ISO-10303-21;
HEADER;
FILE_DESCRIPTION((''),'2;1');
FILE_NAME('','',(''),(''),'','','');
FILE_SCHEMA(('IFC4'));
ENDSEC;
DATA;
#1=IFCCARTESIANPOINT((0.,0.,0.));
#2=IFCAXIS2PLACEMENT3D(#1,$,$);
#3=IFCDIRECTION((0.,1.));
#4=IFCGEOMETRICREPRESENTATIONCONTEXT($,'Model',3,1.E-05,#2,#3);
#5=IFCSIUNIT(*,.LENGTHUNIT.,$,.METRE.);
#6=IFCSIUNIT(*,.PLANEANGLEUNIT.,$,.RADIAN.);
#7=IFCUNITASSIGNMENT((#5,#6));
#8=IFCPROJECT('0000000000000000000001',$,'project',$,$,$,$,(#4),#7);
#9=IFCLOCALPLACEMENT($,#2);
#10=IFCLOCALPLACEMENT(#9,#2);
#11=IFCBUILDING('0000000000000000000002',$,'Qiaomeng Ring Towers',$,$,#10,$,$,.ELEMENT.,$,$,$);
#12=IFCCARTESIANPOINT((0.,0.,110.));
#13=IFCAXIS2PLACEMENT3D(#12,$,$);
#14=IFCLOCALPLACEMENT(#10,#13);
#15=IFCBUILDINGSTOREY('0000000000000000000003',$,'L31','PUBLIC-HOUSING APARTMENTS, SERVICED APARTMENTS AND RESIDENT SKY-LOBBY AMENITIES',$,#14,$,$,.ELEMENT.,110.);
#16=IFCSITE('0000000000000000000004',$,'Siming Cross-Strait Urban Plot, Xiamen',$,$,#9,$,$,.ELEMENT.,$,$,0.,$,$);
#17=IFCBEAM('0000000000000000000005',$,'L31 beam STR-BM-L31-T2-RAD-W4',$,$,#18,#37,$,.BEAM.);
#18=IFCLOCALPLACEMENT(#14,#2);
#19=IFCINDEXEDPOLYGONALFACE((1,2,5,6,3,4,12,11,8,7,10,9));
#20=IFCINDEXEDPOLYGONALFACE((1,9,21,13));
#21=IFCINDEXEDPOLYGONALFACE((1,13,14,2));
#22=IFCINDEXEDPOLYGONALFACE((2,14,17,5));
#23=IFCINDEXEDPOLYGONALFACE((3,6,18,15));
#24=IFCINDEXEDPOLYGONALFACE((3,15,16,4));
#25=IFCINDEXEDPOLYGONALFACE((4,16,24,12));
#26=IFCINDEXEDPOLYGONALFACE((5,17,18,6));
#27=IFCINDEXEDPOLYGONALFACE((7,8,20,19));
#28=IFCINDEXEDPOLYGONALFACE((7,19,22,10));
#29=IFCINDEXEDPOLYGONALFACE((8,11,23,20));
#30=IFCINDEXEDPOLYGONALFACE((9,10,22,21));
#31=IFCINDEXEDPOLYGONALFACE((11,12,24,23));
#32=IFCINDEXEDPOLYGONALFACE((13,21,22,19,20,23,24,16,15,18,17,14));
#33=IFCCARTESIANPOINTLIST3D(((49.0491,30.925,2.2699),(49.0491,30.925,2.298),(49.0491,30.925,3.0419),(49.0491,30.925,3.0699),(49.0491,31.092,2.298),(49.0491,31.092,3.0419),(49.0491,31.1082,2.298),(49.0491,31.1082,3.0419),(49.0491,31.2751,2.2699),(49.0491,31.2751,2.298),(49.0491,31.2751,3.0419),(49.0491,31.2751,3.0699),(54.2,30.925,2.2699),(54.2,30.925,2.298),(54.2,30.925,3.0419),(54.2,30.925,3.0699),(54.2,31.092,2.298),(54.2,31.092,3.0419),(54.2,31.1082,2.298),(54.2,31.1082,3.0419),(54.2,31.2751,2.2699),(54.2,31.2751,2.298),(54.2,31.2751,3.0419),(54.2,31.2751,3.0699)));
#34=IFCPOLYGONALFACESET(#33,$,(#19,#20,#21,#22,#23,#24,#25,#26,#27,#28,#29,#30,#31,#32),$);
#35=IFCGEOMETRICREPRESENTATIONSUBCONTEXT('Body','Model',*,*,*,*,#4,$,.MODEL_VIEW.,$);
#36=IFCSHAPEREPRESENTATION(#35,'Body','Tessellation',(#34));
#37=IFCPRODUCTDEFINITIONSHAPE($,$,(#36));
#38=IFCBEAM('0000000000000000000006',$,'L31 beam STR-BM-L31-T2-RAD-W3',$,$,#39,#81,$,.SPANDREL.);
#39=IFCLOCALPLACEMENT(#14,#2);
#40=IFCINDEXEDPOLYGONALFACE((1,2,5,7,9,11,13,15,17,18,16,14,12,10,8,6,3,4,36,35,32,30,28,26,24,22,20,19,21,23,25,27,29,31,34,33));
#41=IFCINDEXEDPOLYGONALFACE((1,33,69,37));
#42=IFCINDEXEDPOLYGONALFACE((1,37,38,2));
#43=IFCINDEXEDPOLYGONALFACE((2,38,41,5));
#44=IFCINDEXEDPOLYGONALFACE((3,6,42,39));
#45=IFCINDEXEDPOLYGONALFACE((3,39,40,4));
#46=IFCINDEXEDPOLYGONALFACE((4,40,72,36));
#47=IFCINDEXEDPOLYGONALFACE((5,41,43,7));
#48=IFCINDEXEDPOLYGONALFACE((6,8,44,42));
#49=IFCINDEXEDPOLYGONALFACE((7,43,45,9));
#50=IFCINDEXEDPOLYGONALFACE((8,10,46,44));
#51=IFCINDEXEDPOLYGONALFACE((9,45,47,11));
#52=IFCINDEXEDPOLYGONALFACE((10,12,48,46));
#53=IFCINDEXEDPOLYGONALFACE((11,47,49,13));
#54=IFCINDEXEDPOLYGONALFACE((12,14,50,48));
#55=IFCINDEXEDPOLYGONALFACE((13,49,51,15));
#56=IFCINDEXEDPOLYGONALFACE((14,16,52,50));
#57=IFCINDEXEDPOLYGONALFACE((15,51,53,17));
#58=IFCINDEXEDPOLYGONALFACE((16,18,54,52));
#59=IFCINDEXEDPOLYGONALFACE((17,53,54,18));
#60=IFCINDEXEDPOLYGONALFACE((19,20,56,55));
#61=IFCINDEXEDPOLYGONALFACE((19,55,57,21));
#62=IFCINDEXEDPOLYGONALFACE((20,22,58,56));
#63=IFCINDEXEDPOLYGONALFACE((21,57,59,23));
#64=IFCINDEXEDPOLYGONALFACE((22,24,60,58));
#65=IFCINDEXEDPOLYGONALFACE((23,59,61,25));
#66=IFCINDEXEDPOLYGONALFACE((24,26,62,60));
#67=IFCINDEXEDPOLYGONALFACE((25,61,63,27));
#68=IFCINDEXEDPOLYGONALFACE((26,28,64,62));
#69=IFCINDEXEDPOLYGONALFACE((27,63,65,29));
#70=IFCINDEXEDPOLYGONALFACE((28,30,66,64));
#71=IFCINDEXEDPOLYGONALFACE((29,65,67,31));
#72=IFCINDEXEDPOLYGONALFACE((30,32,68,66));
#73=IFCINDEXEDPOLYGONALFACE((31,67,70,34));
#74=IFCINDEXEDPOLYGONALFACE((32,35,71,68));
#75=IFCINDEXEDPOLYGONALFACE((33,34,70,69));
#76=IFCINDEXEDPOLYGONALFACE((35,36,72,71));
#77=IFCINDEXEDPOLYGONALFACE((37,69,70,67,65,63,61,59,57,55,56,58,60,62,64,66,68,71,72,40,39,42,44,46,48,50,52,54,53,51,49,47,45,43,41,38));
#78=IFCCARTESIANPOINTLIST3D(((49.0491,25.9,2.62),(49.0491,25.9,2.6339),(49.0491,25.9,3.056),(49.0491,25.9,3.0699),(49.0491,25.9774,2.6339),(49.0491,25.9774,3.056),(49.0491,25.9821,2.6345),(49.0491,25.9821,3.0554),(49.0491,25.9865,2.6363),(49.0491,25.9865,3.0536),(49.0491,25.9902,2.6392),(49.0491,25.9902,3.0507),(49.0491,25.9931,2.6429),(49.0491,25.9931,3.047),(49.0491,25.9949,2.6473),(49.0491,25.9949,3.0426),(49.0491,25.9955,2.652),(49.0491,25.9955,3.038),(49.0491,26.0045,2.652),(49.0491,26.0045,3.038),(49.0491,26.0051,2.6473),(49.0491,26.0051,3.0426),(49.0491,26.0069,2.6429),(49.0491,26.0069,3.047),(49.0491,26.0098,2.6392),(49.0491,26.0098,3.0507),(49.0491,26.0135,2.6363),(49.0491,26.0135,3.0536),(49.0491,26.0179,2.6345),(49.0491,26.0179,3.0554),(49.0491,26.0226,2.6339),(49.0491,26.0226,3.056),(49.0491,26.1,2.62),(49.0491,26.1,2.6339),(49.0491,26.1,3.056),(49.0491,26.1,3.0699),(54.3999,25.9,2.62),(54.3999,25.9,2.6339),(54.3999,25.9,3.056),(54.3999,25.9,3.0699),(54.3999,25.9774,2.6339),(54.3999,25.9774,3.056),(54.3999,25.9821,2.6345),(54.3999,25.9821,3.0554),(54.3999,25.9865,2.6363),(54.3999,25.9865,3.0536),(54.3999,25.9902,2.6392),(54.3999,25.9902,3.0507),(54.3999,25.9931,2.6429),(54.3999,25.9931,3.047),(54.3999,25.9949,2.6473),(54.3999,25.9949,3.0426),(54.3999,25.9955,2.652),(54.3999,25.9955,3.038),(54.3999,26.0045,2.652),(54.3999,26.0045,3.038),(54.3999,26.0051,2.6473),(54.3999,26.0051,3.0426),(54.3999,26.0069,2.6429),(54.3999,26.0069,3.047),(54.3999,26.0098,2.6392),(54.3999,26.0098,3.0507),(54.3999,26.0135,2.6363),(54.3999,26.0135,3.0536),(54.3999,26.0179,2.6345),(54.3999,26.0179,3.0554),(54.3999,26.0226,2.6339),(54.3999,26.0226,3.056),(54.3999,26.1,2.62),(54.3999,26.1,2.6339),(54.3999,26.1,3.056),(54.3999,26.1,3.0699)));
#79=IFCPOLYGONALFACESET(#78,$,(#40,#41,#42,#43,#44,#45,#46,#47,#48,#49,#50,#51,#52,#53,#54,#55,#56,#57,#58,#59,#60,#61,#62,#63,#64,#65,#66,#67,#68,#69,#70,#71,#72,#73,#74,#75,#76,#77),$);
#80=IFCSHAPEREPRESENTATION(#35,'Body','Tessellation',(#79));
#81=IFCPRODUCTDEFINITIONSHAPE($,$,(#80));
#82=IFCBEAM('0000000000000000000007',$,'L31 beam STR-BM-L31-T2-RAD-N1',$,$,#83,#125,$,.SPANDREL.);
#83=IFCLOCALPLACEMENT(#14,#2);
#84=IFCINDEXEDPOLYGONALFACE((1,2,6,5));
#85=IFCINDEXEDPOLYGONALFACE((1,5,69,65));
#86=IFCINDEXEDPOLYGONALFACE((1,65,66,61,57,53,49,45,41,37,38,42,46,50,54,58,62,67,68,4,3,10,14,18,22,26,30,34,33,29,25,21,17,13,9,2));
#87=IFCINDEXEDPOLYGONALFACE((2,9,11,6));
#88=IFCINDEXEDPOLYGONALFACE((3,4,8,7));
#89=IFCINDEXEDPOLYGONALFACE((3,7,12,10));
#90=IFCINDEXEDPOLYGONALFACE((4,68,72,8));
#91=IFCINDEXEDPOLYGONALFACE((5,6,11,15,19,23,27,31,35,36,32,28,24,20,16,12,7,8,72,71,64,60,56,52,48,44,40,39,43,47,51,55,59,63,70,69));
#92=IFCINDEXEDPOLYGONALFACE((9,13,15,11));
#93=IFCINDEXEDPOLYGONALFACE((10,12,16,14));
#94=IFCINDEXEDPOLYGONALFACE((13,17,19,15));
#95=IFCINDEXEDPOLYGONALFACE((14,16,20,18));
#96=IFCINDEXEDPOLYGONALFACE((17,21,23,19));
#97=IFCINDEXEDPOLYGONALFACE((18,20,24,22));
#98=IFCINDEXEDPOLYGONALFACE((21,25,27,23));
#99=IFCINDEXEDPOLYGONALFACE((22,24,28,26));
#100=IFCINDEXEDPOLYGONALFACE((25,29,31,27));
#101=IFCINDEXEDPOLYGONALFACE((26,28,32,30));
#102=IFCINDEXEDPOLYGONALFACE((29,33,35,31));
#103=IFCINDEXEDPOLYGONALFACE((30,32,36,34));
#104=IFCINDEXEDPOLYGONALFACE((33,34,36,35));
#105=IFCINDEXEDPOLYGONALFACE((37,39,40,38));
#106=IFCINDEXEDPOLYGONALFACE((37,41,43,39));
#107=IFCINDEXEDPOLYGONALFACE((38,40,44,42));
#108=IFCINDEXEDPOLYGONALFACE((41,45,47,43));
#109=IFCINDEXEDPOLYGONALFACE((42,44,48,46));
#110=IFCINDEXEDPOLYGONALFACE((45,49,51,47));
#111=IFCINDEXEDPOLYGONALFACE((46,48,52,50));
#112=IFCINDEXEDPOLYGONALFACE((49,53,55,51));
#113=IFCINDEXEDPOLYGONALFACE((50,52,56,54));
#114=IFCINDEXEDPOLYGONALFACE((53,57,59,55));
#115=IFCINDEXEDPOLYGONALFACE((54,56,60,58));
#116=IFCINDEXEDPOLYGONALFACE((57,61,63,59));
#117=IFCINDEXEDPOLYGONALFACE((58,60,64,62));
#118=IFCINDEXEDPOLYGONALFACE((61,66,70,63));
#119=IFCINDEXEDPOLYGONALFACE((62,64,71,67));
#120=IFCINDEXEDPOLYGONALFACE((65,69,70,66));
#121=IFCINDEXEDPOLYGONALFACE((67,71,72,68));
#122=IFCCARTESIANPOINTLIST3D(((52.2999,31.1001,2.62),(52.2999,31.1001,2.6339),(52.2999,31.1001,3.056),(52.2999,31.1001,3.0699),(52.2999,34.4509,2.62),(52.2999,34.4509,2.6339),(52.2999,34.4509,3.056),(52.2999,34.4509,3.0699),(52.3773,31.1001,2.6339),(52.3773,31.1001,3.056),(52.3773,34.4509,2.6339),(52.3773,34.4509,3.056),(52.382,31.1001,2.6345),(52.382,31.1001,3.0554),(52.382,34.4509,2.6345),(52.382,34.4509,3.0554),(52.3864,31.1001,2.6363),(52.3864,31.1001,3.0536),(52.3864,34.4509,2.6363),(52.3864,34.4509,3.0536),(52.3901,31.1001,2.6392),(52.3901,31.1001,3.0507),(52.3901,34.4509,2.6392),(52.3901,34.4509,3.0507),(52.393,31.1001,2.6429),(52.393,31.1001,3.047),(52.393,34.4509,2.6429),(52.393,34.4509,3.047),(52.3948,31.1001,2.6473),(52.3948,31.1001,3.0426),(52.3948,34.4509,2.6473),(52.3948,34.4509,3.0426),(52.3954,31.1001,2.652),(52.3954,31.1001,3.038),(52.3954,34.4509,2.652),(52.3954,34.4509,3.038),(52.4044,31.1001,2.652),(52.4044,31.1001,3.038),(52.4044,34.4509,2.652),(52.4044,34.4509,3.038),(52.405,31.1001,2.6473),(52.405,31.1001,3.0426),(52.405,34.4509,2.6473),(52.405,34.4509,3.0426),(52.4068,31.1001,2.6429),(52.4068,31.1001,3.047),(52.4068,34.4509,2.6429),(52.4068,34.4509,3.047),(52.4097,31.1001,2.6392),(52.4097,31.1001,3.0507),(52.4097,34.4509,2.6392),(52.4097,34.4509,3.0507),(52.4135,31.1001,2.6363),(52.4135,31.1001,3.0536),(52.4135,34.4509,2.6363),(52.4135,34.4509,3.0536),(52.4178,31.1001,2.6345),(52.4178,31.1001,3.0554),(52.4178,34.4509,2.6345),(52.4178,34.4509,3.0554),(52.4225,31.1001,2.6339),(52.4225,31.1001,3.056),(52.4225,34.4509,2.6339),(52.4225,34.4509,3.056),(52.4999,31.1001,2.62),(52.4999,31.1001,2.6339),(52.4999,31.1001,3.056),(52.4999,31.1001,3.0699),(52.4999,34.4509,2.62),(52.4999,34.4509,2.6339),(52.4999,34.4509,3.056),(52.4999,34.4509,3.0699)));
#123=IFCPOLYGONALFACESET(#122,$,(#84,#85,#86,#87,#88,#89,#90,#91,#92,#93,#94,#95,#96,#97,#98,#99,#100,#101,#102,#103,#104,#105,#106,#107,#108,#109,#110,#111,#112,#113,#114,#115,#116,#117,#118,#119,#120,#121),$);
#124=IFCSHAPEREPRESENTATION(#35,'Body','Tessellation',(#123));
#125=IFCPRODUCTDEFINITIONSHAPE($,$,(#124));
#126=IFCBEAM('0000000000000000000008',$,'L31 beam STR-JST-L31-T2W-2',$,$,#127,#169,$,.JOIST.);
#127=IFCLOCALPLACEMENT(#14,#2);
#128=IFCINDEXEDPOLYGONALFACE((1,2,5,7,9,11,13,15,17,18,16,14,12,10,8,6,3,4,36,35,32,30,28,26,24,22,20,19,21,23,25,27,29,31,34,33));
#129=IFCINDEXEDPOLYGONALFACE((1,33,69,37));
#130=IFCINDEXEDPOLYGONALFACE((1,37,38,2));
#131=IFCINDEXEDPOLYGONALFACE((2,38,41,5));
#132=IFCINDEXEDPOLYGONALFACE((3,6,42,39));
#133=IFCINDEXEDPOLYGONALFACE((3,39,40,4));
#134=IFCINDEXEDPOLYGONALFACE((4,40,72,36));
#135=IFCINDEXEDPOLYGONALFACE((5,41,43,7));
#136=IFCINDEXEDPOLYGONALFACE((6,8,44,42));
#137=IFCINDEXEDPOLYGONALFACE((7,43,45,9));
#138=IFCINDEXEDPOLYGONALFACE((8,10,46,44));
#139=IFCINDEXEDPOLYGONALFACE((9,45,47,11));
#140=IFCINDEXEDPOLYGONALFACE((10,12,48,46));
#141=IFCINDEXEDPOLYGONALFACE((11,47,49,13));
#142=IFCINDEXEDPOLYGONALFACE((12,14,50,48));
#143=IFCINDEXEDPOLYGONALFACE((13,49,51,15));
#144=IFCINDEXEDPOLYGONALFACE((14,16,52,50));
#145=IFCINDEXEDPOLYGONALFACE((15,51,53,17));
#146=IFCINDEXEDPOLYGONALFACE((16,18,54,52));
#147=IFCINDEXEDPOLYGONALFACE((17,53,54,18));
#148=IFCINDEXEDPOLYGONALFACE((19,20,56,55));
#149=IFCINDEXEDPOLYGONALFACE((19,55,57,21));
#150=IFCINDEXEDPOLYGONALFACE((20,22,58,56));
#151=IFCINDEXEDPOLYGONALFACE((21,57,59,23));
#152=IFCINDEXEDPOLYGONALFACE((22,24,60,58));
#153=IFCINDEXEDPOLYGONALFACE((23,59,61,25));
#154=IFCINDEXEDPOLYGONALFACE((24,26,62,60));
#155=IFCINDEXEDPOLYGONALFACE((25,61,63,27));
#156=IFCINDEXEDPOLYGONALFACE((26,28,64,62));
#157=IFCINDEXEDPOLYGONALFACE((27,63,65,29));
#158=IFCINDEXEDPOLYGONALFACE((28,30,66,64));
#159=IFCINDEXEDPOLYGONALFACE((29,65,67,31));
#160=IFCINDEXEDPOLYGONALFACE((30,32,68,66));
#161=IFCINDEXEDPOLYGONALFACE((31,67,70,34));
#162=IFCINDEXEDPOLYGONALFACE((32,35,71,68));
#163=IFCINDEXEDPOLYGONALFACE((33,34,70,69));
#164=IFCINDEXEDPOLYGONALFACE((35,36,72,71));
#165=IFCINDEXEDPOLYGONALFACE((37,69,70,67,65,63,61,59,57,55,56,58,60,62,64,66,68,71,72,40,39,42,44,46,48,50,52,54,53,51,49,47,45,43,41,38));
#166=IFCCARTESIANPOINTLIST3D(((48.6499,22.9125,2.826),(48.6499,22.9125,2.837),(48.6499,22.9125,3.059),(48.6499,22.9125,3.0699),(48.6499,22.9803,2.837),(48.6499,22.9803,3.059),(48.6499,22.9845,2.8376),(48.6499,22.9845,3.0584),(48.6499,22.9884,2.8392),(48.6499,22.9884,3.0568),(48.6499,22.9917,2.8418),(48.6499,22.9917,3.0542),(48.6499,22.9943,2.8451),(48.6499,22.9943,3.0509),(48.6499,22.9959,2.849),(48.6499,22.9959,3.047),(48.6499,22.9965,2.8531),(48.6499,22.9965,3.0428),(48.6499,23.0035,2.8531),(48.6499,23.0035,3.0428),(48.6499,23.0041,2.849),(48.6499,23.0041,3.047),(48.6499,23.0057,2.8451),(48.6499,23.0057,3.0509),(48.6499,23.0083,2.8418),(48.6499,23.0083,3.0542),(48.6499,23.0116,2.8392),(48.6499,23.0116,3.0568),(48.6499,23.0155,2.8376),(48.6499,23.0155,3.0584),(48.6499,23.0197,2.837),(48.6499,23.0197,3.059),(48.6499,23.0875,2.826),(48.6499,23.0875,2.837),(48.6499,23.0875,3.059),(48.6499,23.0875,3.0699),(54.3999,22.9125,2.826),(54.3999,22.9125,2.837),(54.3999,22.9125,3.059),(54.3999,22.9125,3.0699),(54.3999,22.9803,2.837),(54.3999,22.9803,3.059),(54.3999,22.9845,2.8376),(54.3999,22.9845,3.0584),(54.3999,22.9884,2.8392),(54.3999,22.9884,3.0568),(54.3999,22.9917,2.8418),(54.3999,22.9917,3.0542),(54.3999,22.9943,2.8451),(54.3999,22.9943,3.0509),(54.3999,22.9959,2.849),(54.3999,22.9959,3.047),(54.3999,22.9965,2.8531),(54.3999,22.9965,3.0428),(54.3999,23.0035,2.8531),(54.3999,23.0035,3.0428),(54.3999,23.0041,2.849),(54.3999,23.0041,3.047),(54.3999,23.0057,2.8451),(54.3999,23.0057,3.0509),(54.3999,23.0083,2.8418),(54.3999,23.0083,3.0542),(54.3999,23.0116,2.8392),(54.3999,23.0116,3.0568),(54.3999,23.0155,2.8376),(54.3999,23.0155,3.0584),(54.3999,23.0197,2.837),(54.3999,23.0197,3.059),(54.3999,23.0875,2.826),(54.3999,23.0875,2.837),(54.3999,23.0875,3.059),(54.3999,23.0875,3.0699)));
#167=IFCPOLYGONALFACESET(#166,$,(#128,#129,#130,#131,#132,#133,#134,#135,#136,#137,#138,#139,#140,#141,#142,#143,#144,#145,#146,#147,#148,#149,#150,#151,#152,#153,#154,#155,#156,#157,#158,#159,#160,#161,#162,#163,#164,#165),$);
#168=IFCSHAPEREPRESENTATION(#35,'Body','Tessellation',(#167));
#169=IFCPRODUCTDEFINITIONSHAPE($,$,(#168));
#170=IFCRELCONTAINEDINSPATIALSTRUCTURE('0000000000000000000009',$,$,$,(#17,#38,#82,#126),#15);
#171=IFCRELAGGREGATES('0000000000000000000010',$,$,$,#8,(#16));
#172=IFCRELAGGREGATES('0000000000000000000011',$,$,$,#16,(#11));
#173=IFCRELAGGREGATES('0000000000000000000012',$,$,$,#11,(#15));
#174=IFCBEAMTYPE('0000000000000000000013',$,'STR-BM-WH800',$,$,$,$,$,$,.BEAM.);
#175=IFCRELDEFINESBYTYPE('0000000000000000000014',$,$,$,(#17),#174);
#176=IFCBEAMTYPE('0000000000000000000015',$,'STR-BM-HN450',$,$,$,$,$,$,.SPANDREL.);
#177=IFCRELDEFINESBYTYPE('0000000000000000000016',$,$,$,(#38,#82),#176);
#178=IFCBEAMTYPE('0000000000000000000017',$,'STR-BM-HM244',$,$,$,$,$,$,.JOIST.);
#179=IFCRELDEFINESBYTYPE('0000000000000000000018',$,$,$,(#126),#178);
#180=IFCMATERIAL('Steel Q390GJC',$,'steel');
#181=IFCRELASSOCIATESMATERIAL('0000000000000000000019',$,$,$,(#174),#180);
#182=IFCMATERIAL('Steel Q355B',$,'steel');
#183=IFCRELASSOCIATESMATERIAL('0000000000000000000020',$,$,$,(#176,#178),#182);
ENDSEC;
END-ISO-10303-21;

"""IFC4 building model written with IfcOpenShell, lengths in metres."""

from ifc_helpers import new_model, si_unit, direction, frame, origin, origin_2d, place, context, subcontext, project, spatial, i_section, extrude, source, transform, mapped, material, material_profile, profile_set, type_object, element, save


model = new_model("IFC4")

# Units and contexts
model_context = context("Model", 3, precision=1e-05, world=origin(), true_north=direction((0.0, 1.0)))
body_context = subcontext(model_context, "Body", "Model", "MODEL_VIEW")
ifc_project = project(units=[si_unit("LENGTHUNIT", "METRE"), si_unit("PLANEANGLEUNIT", "RADIAN")], contexts=[model_context])

# Site, building, storey
site_placement = place(None, origin())
site = spatial("IfcSite", under=ifc_project, at=site_placement, Name="Siming Cross-Strait Urban Plot, Xiamen", CompositionType="ELEMENT", RefElevation=0.0)
building_placement = place(site_placement, origin())
building = spatial("IfcBuilding", under=site, at=building_placement, Name="Qiaomeng Ring Towers", CompositionType="ELEMENT")
storey_placement = place(building_placement, frame((0.0, 0.0, 110.0)))
storey = spatial("IfcBuildingStorey", under=building, at=storey_placement, Name="L31", Description="PUBLIC-HOUSING APARTMENTS, SERVICED APARTMENTS AND RESIDENT SKY-LOBBY AMENITIES", CompositionType="ELEMENT", Elevation=110.0)

# Beams
ifc_material_1 = material(Name="Steel Q355B", Category="steel")
ifc_material_2 = material(Name="Steel Q390GJC", Category="steel")
ifc_material_profile_1 = material_profile(ifc_material_2, i_section(OverallWidth=0.3501, OverallDepth=0.8, WebThickness=0.0161, FlangeThickness=0.0281, at=origin_2d()), Name="WH 800x350x16x28")
ifc_profile_set_1 = profile_set([ifc_material_profile_1], Name="Steel Q390GJC")
beam_type_1 = type_object("IfcBeamType", Name="STR-BM-WH800", PredefinedType="BEAM", material=ifc_profile_set_1)
shared_shape_1 = source(origin(), body_context, "Body", "SweptSolid", [
    extrude(i_section(OverallWidth=0.3501, OverallDepth=0.8, WebThickness=0.0161, FlangeThickness=0.0281, at=origin_2d()), origin(), (0.0, 0.0, 1.0), 5.1509),
])
beam_1_placement = place(storey_placement, frame((49.0491, 31.1001, 2.6699), z_axis=(1.0, 0.0, 0.0), x_axis=(0.0, 1.0, 0.0)))
element("IfcBeam", 1, at=beam_1_placement, inside=storey, type_object=beam_type_1, Name="L31 beam STR-BM-L31-T2-RAD-W4", PredefinedType="BEAM", context=body_context, shape_type="MappedRepresentation", body=[
    mapped(shared_shape_1, transform((0.0, 0.0, 0.0), x_axis=(1.0, 0.0, 0.0), y_axis=(0.0, 1.0, 0.0), z_axis=(0.0, 0.0, 1.0), scale=1.0)),
])
ifc_material_profile_2 = material_profile(ifc_material_1, i_section(OverallWidth=0.2, OverallDepth=0.45, WebThickness=0.009, FlangeThickness=0.0139, FilletRadius=0.0181, at=origin_2d()), Name="HN 450x200x9x14")
ifc_profile_set_2 = profile_set([ifc_material_profile_2], Name="Steel Q355B")
beam_type_2 = type_object("IfcBeamType", Name="STR-BM-HN450", PredefinedType="SPANDREL", material=ifc_profile_set_2)
shared_shape_2 = source(origin(), body_context, "Body", "SweptSolid", [
    extrude(i_section(OverallWidth=0.2, OverallDepth=0.45, WebThickness=0.009, FlangeThickness=0.0139, FilletRadius=0.0181, at=origin_2d()), origin(), (0.0, 0.0, 1.0), 5.3508),
])
beam_2_placement = place(storey_placement, frame((49.0491, 26.0, 2.845), z_axis=(1.0, 0.0, 0.0), x_axis=(0.0, 1.0, 0.0)))
element("IfcBeam", 2, at=beam_2_placement, inside=storey, type_object=beam_type_2, Name="L31 beam STR-BM-L31-T2-RAD-W3", PredefinedType="SPANDREL", context=body_context, shape_type="MappedRepresentation", body=[
    mapped(shared_shape_2, transform((0.0, 0.0, 0.0), x_axis=(1.0, 0.0, 0.0), y_axis=(0.0, 1.0, 0.0), z_axis=(0.0, 0.0, 1.0), scale=1.0)),
])
shared_shape_3 = source(origin(), body_context, "Body", "SweptSolid", [
    extrude(i_section(OverallWidth=0.2, OverallDepth=0.45, WebThickness=0.009, FlangeThickness=0.0139, FilletRadius=0.0181, at=origin_2d()), origin(), (0.0, 0.0, 1.0), 3.3508),
])
beam_3_placement = place(storey_placement, frame((52.3999, 34.4509, 2.845), z_axis=(0.0, -1.0, 0.0), x_axis=(1.0, 0.0, 0.0)))
element("IfcBeam", 3, at=beam_3_placement, inside=storey, type_object=beam_type_2, Name="L31 beam STR-BM-L31-T2-RAD-N1", PredefinedType="SPANDREL", context=body_context, shape_type="MappedRepresentation", body=[
    mapped(shared_shape_3, transform((0.0, 0.0, 0.0), x_axis=(1.0, 0.0, 0.0), y_axis=(0.0, 1.0, 0.0), z_axis=(0.0, 0.0, 1.0), scale=1.0)),
])
ifc_material_profile_3 = material_profile(ifc_material_1, i_section(OverallWidth=0.175, OverallDepth=0.2439, WebThickness=0.0071, FlangeThickness=0.011, FilletRadius=0.0161, at=origin_2d()), Name="HM 244x175x7x11")
ifc_profile_set_3 = profile_set([ifc_material_profile_3], Name="Steel Q355B")
beam_type_3 = type_object("IfcBeamType", Name="STR-BM-HM244", PredefinedType="JOIST", material=ifc_profile_set_3)
shared_shape_4 = source(origin(), body_context, "Body", "SweptSolid", [
    extrude(i_section(OverallWidth=0.175, OverallDepth=0.2439, WebThickness=0.0071, FlangeThickness=0.011, FilletRadius=0.0161, at=origin_2d()), origin(), (0.0, 0.0, 1.0), 5.75),
])
for number, where, z_axis, x_axis, name in (
    (4, (48.6499, 23.0, 2.948), (1.0, 0.0, 0.0), (0.0, 1.0, 0.0), "L31 beam STR-JST-L31-T2W-2"),
):
    element("IfcBeam", number, at=place(storey_placement, frame(where, z_axis=z_axis, x_axis=x_axis)), inside=storey, type_object=beam_type_3, Name=name, PredefinedType="JOIST", context=body_context, shape_type="MappedRepresentation", body=[
        mapped(shared_shape_4, transform((0.0, 0.0, 0.0), x_axis=(1.0, 0.0, 0.0), y_axis=(0.0, 1.0, 0.0), z_axis=(0.0, 0.0, 1.0), scale=1.0)),
    ])

save(model, "model.ifc")
